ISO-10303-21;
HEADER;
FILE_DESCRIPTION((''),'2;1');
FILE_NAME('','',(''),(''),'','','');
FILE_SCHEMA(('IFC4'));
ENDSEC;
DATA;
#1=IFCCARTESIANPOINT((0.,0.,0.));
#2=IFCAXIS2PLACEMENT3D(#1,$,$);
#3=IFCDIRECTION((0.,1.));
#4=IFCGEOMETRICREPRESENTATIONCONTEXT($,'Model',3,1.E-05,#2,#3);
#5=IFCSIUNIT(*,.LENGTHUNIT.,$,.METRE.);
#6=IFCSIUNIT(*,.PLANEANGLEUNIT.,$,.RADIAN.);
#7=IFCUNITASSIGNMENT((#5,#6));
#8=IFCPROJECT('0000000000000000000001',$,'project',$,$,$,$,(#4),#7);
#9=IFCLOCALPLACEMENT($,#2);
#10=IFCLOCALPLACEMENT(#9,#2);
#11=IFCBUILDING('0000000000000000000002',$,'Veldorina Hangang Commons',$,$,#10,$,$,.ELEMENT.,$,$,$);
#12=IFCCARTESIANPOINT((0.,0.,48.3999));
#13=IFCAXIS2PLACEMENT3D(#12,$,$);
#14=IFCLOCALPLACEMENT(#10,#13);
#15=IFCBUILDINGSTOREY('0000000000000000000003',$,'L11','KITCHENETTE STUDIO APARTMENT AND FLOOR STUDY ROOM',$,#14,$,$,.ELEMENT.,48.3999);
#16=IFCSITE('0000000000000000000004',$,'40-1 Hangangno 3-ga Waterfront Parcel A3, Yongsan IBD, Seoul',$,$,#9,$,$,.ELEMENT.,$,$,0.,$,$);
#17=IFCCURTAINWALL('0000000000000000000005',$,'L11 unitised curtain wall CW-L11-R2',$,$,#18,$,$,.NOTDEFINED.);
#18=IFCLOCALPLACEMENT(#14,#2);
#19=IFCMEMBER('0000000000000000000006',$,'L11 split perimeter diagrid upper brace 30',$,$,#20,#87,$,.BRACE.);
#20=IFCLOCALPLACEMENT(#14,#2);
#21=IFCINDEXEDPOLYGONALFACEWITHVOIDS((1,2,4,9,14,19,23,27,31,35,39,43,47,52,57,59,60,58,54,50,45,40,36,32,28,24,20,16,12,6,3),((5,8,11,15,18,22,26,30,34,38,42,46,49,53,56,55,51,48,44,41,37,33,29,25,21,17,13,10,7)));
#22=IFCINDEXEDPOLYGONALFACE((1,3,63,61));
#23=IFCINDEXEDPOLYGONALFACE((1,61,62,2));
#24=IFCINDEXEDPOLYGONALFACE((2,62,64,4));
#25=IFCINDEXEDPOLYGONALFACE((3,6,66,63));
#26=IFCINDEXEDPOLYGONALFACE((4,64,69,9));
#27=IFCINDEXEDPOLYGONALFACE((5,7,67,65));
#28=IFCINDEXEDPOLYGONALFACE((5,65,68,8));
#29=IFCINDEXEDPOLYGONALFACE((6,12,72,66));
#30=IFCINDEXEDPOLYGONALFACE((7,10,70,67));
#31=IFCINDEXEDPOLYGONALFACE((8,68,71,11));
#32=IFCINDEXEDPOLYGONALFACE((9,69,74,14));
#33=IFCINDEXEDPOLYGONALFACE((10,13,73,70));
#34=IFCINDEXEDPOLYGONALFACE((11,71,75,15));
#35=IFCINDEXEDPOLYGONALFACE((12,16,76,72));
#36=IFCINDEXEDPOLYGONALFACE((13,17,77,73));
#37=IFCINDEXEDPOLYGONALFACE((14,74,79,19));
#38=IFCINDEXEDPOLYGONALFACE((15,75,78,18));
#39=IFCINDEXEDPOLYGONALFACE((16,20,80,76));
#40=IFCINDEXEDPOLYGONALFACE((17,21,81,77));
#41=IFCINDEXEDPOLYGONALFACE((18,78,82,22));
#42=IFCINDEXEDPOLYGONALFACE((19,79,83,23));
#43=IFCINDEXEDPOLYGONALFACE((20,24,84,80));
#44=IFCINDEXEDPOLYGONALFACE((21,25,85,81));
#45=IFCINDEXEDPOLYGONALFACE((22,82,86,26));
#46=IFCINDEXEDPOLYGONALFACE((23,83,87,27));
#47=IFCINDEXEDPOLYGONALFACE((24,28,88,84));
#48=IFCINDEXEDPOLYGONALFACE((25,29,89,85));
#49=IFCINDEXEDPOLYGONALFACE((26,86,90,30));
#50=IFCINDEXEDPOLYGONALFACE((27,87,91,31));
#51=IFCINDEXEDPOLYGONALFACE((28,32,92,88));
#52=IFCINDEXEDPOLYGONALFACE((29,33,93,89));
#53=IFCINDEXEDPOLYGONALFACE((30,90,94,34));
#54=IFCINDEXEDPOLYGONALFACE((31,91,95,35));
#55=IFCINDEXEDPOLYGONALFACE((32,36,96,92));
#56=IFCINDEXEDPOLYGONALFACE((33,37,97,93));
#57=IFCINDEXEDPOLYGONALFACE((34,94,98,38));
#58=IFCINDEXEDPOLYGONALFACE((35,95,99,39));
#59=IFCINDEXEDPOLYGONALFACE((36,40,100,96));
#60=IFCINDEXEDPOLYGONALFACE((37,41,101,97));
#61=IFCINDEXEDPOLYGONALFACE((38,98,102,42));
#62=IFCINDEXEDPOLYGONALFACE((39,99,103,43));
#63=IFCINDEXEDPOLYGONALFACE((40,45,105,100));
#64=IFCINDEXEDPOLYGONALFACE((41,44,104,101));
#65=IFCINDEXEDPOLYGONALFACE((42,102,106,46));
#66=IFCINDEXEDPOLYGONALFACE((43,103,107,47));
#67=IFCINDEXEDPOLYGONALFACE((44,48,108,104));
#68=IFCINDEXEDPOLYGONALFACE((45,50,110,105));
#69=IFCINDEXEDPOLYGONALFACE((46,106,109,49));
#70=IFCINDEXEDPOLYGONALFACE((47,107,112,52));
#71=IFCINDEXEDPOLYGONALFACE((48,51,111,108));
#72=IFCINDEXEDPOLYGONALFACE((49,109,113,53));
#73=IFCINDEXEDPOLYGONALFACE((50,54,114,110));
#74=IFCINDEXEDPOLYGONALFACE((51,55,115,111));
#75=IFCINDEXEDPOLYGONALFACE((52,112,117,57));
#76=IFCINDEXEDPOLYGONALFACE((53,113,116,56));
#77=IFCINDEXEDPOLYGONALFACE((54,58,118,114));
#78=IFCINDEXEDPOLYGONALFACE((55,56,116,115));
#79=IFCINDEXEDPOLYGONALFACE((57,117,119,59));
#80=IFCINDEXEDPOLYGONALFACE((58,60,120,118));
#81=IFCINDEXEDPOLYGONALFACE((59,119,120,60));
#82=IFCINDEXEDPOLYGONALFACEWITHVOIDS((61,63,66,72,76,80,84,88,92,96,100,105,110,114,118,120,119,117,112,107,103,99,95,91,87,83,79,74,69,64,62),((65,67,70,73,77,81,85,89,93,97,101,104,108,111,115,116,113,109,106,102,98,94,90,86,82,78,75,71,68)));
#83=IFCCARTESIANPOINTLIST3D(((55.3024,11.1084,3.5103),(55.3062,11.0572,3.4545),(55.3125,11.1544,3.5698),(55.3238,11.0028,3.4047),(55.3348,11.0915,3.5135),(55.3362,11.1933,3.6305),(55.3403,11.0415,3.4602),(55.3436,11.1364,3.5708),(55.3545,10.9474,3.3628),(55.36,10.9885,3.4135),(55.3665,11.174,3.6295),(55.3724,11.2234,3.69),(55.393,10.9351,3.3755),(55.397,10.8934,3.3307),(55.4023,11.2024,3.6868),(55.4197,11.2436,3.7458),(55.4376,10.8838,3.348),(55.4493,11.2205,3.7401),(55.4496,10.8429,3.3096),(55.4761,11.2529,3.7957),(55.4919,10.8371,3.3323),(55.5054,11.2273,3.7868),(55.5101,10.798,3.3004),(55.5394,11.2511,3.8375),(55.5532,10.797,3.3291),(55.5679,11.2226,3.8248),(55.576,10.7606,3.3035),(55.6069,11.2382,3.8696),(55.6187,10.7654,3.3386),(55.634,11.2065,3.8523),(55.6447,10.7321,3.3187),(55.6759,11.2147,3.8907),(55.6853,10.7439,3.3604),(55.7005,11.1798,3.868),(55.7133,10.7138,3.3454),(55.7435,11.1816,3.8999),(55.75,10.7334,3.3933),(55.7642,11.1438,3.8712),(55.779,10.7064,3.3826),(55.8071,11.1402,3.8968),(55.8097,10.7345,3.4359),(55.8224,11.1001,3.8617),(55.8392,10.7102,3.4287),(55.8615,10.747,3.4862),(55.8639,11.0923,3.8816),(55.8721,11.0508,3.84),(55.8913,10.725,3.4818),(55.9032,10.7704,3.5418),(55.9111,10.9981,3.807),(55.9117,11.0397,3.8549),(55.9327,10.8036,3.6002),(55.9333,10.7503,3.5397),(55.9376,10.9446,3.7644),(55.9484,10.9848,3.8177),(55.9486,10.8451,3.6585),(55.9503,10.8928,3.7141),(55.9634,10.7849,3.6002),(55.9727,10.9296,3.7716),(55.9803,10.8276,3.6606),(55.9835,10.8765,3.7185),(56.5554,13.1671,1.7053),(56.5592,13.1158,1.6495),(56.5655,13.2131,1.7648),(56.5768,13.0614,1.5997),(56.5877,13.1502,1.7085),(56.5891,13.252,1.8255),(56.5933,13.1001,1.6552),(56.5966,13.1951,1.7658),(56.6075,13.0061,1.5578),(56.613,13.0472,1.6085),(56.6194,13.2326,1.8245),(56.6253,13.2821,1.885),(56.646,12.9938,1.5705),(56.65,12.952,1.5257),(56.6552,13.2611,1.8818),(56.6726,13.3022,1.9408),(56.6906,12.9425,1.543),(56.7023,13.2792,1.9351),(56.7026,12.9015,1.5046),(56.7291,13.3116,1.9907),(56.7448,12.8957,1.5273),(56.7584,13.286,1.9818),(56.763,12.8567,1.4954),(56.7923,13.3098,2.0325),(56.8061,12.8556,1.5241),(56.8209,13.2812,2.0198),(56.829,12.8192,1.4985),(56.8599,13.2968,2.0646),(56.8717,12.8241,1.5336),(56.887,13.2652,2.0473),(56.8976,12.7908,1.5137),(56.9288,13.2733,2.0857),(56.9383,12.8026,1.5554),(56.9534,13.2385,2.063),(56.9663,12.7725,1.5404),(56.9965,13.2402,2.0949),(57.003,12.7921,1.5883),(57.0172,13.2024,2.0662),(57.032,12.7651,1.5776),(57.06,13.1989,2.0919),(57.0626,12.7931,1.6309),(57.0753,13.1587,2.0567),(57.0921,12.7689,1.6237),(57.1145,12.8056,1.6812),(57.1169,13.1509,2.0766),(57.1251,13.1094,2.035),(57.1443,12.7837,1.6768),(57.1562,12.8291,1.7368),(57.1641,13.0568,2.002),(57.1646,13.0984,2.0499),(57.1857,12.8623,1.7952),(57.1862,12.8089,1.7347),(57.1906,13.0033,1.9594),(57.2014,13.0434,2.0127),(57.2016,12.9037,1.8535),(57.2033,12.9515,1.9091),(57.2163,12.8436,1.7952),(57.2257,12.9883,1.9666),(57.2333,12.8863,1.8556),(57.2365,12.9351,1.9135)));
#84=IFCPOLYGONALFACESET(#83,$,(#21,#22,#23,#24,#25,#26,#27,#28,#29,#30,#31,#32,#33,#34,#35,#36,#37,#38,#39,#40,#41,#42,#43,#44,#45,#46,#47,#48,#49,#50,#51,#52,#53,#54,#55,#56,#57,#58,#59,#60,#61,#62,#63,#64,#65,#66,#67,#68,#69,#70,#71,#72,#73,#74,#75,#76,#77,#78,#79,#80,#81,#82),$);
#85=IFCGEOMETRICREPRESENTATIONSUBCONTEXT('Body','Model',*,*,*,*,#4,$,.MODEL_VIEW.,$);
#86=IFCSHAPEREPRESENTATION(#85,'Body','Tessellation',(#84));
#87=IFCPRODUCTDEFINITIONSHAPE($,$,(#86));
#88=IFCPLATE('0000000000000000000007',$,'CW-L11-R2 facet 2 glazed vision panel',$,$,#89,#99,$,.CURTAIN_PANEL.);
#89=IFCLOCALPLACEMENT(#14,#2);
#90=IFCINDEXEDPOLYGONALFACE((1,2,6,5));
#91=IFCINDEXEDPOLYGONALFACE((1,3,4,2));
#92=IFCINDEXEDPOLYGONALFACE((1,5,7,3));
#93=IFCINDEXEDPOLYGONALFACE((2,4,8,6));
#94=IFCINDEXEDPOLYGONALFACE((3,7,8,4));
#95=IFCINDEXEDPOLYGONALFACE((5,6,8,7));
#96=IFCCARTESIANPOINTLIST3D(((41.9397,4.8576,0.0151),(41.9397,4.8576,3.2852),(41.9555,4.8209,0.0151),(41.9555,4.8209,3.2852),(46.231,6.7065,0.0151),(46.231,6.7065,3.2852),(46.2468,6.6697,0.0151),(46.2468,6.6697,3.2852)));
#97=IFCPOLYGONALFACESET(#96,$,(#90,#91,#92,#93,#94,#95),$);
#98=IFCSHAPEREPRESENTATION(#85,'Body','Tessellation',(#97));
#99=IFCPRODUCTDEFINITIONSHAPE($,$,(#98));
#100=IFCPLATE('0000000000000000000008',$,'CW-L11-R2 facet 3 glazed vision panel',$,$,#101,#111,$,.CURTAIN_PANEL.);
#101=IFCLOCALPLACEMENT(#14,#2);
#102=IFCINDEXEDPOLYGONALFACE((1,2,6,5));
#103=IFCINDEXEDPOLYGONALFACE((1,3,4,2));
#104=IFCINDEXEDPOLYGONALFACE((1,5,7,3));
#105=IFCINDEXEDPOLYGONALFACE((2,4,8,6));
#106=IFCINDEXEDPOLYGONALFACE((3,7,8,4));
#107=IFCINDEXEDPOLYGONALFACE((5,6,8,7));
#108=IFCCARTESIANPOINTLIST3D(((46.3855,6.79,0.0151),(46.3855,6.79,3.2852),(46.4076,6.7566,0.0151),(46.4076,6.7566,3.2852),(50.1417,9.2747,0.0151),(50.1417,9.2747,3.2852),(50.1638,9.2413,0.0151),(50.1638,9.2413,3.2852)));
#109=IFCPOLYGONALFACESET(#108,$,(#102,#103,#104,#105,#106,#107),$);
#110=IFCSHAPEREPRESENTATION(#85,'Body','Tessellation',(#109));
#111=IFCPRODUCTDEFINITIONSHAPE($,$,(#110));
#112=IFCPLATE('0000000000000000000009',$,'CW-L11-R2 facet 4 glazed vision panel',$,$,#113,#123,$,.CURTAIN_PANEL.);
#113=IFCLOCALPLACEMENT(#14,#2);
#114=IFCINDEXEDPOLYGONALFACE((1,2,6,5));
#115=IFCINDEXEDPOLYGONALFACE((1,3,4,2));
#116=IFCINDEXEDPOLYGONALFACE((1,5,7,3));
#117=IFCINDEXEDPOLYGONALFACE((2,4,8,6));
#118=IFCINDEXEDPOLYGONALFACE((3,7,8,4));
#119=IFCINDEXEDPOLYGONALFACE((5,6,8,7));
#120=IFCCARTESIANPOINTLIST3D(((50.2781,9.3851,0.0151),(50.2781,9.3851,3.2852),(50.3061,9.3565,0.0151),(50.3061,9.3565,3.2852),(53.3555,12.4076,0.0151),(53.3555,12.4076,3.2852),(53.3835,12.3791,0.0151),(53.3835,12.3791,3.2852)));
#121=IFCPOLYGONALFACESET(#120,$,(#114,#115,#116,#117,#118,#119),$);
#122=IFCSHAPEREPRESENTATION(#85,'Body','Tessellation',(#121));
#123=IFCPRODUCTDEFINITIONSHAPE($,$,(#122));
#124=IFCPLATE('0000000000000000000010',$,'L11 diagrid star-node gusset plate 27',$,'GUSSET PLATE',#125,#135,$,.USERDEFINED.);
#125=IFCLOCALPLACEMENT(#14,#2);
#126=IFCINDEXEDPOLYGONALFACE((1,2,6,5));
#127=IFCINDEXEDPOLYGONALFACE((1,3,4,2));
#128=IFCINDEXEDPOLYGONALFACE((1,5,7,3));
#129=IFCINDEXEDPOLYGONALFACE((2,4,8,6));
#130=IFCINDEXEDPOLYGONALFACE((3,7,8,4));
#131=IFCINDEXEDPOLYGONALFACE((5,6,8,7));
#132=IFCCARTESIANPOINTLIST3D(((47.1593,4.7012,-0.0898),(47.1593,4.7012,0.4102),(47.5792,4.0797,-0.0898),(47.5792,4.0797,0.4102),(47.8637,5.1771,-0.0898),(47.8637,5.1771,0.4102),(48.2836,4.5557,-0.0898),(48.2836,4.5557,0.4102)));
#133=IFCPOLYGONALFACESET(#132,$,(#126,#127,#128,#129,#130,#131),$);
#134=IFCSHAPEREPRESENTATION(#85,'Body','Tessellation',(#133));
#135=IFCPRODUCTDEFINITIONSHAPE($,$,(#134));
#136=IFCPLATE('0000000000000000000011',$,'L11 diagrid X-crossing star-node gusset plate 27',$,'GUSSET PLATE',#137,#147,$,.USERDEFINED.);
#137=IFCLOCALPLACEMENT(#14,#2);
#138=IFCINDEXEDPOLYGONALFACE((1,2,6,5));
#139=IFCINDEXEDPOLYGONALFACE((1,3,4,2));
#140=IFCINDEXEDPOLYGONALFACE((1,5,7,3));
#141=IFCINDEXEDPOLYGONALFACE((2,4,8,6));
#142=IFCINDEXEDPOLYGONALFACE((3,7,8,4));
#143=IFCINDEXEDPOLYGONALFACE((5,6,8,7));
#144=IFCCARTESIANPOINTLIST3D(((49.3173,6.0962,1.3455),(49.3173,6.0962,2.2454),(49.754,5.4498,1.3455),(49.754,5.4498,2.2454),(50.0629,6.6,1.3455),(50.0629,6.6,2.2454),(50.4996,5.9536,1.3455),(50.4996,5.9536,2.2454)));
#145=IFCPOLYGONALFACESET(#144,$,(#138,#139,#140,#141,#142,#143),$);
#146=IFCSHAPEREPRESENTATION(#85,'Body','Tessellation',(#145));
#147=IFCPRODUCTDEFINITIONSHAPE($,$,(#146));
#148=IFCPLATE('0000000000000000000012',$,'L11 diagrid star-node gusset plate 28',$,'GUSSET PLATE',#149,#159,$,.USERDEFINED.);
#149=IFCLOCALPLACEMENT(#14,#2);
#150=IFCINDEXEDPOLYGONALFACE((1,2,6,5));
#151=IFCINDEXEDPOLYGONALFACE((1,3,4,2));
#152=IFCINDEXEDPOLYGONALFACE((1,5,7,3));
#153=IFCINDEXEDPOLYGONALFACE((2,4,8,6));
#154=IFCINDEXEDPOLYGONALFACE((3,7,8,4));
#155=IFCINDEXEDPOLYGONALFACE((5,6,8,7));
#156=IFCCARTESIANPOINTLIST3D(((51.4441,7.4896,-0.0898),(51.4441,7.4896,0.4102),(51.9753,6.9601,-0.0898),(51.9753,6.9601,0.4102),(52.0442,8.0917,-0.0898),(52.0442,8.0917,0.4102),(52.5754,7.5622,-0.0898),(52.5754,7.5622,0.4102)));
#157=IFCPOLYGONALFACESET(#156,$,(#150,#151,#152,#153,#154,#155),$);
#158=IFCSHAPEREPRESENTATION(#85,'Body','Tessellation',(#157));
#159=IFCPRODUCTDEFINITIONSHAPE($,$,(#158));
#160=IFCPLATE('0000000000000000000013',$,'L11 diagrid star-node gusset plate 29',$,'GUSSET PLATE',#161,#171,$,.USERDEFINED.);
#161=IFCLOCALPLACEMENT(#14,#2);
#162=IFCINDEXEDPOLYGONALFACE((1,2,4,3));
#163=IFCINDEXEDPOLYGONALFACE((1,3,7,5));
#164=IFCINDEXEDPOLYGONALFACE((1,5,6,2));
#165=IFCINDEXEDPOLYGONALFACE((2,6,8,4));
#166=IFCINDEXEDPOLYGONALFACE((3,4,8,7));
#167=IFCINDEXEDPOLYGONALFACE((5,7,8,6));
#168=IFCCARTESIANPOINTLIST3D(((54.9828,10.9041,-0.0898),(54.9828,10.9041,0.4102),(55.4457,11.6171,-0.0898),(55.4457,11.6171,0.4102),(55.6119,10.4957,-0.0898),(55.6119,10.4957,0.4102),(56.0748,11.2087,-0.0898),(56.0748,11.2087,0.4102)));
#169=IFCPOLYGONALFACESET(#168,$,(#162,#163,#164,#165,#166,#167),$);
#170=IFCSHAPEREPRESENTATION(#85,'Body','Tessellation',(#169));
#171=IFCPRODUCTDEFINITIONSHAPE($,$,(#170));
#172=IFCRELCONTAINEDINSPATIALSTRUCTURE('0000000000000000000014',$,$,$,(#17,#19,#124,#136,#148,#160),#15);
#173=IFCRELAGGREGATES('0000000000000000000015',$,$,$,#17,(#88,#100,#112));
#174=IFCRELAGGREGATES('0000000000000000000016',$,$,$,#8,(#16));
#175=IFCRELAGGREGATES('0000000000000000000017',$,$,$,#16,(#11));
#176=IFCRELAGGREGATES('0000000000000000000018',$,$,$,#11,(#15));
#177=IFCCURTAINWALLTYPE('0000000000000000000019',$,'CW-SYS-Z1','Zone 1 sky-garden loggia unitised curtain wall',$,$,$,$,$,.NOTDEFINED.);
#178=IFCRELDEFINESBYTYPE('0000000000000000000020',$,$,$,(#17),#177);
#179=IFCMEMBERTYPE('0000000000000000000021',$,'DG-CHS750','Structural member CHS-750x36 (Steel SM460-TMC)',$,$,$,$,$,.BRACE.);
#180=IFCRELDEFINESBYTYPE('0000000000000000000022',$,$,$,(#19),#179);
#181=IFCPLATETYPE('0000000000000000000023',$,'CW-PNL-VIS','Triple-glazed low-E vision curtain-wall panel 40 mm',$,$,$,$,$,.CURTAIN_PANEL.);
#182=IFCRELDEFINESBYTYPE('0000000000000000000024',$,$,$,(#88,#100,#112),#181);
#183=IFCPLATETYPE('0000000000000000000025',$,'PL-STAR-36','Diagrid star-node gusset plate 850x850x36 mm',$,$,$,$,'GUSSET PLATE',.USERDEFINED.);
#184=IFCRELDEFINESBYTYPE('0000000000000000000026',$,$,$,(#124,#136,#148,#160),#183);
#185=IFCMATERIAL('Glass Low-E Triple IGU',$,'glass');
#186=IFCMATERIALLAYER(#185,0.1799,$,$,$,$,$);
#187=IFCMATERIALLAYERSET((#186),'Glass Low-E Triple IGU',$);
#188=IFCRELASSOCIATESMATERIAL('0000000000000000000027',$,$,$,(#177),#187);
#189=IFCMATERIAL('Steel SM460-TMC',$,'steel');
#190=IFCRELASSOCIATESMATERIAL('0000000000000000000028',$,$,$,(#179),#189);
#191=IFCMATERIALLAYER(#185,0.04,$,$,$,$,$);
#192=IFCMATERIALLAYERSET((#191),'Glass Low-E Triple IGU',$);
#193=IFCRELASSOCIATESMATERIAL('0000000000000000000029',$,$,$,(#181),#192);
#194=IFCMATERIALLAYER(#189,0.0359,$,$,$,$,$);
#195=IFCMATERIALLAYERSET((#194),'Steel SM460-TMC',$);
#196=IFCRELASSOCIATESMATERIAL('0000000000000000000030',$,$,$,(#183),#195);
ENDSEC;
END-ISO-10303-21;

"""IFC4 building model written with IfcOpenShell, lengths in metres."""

from ifc_helpers import new_model, si_unit, direction, frame, origin, origin_2d, place, context, subcontext, project, spatial, rectangle, hollow_circle, extrude, material, layer, layer_set, material_profile, profile_set, type_object, element, aggregate, save


model = new_model("IFC4")

# Units and contexts
model_context = context("Model", 3, precision=1e-05, world=origin(), true_north=direction((0.0, 1.0)))
body_context = subcontext(model_context, "Body", "Model", "MODEL_VIEW")
ifc_project = project(units=[si_unit("LENGTHUNIT", "METRE"), si_unit("PLANEANGLEUNIT", "RADIAN")], contexts=[model_context])

# Site, building, storey
site_placement = place(None, origin())
site = spatial("IfcSite", under=ifc_project, at=site_placement, Name="40-1 Hangangno 3-ga Waterfront Parcel A3, Yongsan IBD, Seoul", CompositionType="ELEMENT", RefElevation=0.0)
building_placement = place(site_placement, origin())
building = spatial("IfcBuilding", under=site, at=building_placement, Name="Veldorina Hangang Commons", CompositionType="ELEMENT")
storey_placement = place(building_placement, frame((0.0, 0.0, 48.3999)))
storey = spatial("IfcBuildingStorey", under=building, at=storey_placement, Name="L11", Description="KITCHENETTE STUDIO APARTMENT AND FLOOR STUDY ROOM", CompositionType="ELEMENT", Elevation=48.3999)

# Shared definitions
ifc_material_1 = material(Name="Steel SM460-TMC", Category="steel")

# Curtain wall
ifc_material_2 = material(Name="Glass Low-E Triple IGU", Category="glass")
ifc_layer_1 = layer(ifc_material_2, 0.1799)
ifc_layer_set_1 = layer_set([ifc_layer_1], Name="Glass Low-E Triple IGU")
curtain_wall_type = type_object("IfcCurtainWallType", Name="CW-SYS-Z1", Description="Zone 1 sky-garden loggia unitised curtain wall", PredefinedType="NOTDEFINED", material=ifc_layer_set_1)
curtain_wall_placement = place(storey_placement, origin())
curtain_wall = element("IfcCurtainWall", 1, at=curtain_wall_placement, inside=storey, type_object=curtain_wall_type, Name="L11 unitised curtain wall CW-L11-R2", PredefinedType="NOTDEFINED")

# Member
ifc_material_profile_1 = material_profile(ifc_material_1, hollow_circle(Radius=0.375, WallThickness=0.0359, at=origin_2d()), Name="CHS-750x36")
ifc_profile_set_1 = profile_set([ifc_material_profile_1], Name="Steel SM460-TMC")
member_type_1 = type_object("IfcMemberType", Name="DG-CHS750", Description="Structural member CHS-750x36 (Steel SM460-TMC)", PredefinedType="BRACE", material=ifc_profile_set_1)
member_1_placement = place(storey_placement, frame((56.896, 13.0386, 1.7952), z_axis=(-0.416134, -0.683718, 0.599469), x_axis=(0.854222, -0.519908, 0.0)))
element("IfcMember", 2, at=member_1_placement, inside=storey, type_object=member_type_1, Name="L11 split perimeter diagrid upper brace 30", PredefinedType="BRACE", context=body_context, shape_type="SweptSolid", body=[
    extrude(hollow_circle(Radius=0.375, WallThickness=0.0359, at=origin_2d()), origin(), (0.0, 0.0, 1.0), 3.011),
])

# Plates
ifc_layer_2 = layer(ifc_material_2, 0.04)
ifc_layer_set_2 = layer_set([ifc_layer_2], Name="Glass Low-E Triple IGU")
plate_type_1 = type_object("IfcPlateType", Name="CW-PNL-VIS", Description="Triple-glazed low-E vision curtain-wall panel 40 mm", PredefinedType="CURTAIN_PANEL", material=ifc_layer_set_2)
plate_1_placement = place(storey_placement, frame((44.0933, 5.7637, 0.0151), z_axis=(0.0, 0.0, 1.0), x_axis=(0.918391, 0.395674, 0.0)))
plate_1 = element("IfcPlate", 3, at=plate_1_placement, type_object=plate_type_1, Name="CW-L11-R2 facet 2 glazed vision panel", PredefinedType="CURTAIN_PANEL", context=body_context, shape_type="SweptSolid", body=[
    extrude(rectangle(XDim=4.6726, YDim=0.04, at=origin_2d()), origin(), (0.0, 0.0, 1.0), 3.27),
])
plate_2_placement = place(storey_placement, frame((48.2747, 8.0156, 0.0151), z_axis=(0.0, 0.0, 1.0), x_axis=(0.83404, 0.551704, 0.0)))
plate_2 = element("IfcPlate", 4, at=plate_2_placement, type_object=plate_type_1, Name="CW-L11-R2 facet 3 glazed vision panel", PredefinedType="CURTAIN_PANEL", context=body_context, shape_type="SweptSolid", body=[
    extrude(rectangle(XDim=4.5037, YDim=0.04, at=origin_2d()), origin(), (0.0, 0.0, 1.0), 3.27),
])
plate_3_placement = place(storey_placement, frame((51.8308, 10.8821, 0.0151), z_axis=(0.0, 0.0, 1.0), x_axis=(0.713434, 0.700723, 0.0)))
plate_3 = element("IfcPlate", 5, at=plate_3_placement, type_object=plate_type_1, Name="CW-L11-R2 facet 4 glazed vision panel", PredefinedType="CURTAIN_PANEL", context=body_context, shape_type="SweptSolid", body=[
    extrude(rectangle(XDim=4.3135, YDim=0.04, at=origin_2d()), origin(), (0.0, 0.0, 1.0), 3.27),
])
aggregate(curtain_wall, [plate_1, plate_2, plate_3])

# Plates
ifc_layer_3 = layer(ifc_material_1, 0.0359)
ifc_layer_set_3 = layer_set([ifc_layer_3], Name="Steel SM460-TMC")
plate_type_2 = type_object("IfcPlateType", Name="PL-STAR-36", Description="Diagrid star-node gusset plate 850x850x36 mm", ElementType="GUSSET PLATE", PredefinedType="USERDEFINED", material=ifc_layer_set_3)
plate_4_placement = place(storey_placement, frame((47.7214, 4.6284, -0.0898), z_axis=(0.0, 0.0, 1.0), x_axis=(0.828588, 0.559858, 0.0)))
element("IfcPlate", 6, at=plate_4_placement, inside=storey, type_object=plate_type_2, Name="L11 diagrid star-node gusset plate 27", ObjectType="GUSSET PLATE", PredefinedType="USERDEFINED", context=body_context, shape_type="SweptSolid", body=[
    extrude(rectangle(XDim=0.8501, YDim=0.75, at=origin_2d()), origin(), (0.0, 0.0, 1.0), 0.5),
])
plate_5_placement = place(storey_placement, frame((49.9084, 6.0249, 1.3455), z_axis=(0.0, 0.0, 1.0), x_axis=(0.828588, 0.559858, 0.0)))
element("IfcPlate", 7, at=plate_5_placement, inside=storey, type_object=plate_type_2, Name="L11 diagrid X-crossing star-node gusset plate 27", ObjectType="GUSSET PLATE", PredefinedType="USERDEFINED", context=body_context, shape_type="SweptSolid", body=[
    extrude(rectangle(XDim=0.8999, YDim=0.78, at=origin_2d()), origin(), (0.0, 0.0, 1.0), 0.8999),
])
for number, where, z_axis, x_axis, name in (
    (8, (52.0098, 7.5259, -0.0898), (0.0, 0.0, 1.0), (0.70597, 0.708241, 0.0), "L11 diagrid star-node gusset plate 28"),
    (9, (55.5288, 11.0564, -0.0898), (0.0, 0.0, 1.0), (0.544537, 0.838737, 0.0), "L11 diagrid star-node gusset plate 29"),
):
    element("IfcPlate", number, at=place(storey_placement, frame(where, z_axis=z_axis, x_axis=x_axis)), inside=storey, type_object=plate_type_2, Name=name, ObjectType="GUSSET PLATE", PredefinedType="USERDEFINED", context=body_context, shape_type="SweptSolid", body=[
        extrude(rectangle(XDim=0.8501, YDim=0.75, at=origin_2d()), origin(), (0.0, 0.0, 1.0), 0.5),
    ])

save(model, "model.ifc")
